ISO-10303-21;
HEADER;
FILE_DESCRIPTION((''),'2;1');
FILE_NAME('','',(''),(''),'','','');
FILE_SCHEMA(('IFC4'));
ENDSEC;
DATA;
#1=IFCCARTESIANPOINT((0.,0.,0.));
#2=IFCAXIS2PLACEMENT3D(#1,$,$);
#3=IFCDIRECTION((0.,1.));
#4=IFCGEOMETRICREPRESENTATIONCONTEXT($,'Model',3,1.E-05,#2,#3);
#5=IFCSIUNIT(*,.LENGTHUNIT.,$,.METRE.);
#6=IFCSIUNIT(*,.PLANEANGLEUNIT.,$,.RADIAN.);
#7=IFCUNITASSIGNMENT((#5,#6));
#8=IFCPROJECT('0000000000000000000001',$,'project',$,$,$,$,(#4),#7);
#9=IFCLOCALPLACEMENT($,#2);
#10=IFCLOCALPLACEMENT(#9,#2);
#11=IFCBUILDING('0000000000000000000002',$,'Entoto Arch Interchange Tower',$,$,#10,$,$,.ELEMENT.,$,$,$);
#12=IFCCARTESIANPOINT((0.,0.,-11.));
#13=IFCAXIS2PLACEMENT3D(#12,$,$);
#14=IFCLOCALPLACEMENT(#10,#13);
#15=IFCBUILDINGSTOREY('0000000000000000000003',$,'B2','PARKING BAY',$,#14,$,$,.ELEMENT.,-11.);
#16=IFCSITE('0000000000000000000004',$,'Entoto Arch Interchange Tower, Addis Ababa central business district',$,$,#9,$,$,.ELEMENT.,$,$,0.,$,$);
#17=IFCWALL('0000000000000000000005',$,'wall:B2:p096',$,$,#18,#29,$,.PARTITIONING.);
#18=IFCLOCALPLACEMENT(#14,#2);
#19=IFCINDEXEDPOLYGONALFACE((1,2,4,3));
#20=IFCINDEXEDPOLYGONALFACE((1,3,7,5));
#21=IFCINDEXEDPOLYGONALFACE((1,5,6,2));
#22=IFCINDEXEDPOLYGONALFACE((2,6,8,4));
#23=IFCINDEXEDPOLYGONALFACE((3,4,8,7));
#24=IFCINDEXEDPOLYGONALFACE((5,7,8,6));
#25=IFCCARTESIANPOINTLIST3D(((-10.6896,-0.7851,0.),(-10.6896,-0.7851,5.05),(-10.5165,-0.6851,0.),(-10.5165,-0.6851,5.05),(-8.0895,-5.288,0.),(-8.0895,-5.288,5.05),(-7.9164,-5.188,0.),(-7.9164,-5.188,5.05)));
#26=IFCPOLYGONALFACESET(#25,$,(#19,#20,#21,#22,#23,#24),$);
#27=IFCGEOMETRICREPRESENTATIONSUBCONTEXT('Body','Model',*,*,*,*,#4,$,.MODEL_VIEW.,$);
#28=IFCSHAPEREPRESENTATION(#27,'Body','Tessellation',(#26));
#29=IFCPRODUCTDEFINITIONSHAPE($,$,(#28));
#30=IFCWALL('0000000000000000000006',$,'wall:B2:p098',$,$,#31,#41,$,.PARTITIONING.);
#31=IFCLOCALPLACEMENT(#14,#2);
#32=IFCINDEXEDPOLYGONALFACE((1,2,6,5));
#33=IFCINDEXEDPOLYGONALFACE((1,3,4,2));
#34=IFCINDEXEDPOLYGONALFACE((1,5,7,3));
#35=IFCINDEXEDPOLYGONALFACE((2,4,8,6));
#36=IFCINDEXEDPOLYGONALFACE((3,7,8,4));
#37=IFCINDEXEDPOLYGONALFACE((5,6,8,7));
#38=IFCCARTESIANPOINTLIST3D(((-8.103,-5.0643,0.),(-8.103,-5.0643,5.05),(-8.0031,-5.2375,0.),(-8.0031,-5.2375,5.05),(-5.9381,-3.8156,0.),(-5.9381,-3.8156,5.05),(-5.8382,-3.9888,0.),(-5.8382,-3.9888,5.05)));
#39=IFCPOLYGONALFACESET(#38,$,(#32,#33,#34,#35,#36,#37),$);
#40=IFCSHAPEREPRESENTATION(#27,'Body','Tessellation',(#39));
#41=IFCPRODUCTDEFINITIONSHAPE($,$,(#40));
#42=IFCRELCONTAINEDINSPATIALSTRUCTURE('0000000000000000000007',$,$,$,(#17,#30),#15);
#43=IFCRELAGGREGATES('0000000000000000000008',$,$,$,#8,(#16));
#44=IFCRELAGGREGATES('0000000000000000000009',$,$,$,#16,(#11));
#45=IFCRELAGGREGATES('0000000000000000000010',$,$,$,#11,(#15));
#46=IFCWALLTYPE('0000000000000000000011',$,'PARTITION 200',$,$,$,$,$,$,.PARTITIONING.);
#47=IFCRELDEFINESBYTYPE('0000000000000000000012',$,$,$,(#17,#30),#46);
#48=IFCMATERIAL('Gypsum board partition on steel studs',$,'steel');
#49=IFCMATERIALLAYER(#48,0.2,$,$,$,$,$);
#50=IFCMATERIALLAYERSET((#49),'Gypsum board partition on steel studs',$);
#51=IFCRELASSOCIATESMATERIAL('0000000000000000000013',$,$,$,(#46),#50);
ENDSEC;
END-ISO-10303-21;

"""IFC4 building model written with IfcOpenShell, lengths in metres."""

from ifc_helpers import new_model, si_unit, direction, frame, frame_2d, origin, place, context, subcontext, project, spatial, rectangle, extrude, material, layer, layer_set, type_object, element, save


model = new_model("IFC4")

# Units and contexts
model_context = context("Model", 3, precision=1e-05, world=origin(), true_north=direction((0.0, 1.0)))
body_context = subcontext(model_context, "Body", "Model", "MODEL_VIEW")
ifc_project = project(units=[si_unit("LENGTHUNIT", "METRE"), si_unit("PLANEANGLEUNIT", "RADIAN")], contexts=[model_context])

# Site, building, storey
site_placement = place(None, origin())
site = spatial("IfcSite", under=ifc_project, at=site_placement, Name="Entoto Arch Interchange Tower, Addis Ababa central business district", CompositionType="ELEMENT", RefElevation=0.0)
building_placement = place(site_placement, origin())
building = spatial("IfcBuilding", under=site, at=building_placement, Name="Entoto Arch Interchange Tower", CompositionType="ELEMENT")
storey_placement = place(building_placement, frame((0.0, 0.0, -11.0)))
storey = spatial("IfcBuildingStorey", under=building, at=storey_placement, Name="B2", Description="PARKING BAY", CompositionType="ELEMENT", Elevation=-11.0)

# Shared definitions
ifc_material_1 = material(Name="Gypsum board partition on steel studs", Category="steel")
ifc_layer_1 = layer(ifc_material_1, 0.2)
ifc_layer_set_1 = layer_set([ifc_layer_1], Name="Gypsum board partition on steel studs")
wall_type_1 = type_object("IfcWallType", Name="PARTITION 200", PredefinedType="PARTITIONING", material=ifc_layer_set_1)

# Walls
wall_1_placement = place(storey_placement, frame((-8.0029, -5.238, 0.0), z_axis=(0.0, 0.0, 1.0), x_axis=(-0.500048, 0.865998, 0.0)))
element("IfcWall", 1, at=wall_1_placement, inside=storey, type_object=wall_type_1, Name="wall:B2:p096", PredefinedType="PARTITIONING", context=body_context, shape_type="SweptSolid", body=[
    extrude(rectangle(XDim=5.1997, YDim=0.2, at=frame_2d((2.5999, 0.0))), origin(), (0.0, 0.0, 1.0), 5.05),
])
wall_2_placement = place(storey_placement, frame((-8.053, -5.1509, 0.0), z_axis=(0.0, 0.0, 1.0), x_axis=(0.866234, 0.499638, 0.0)))
element("IfcWall", 2, at=wall_2_placement, inside=storey, type_object=wall_type_1, Name="wall:B2:p098", PredefinedType="PARTITIONING", context=body_context, shape_type="SweptSolid", body=[
    extrude(rectangle(XDim=2.4993, YDim=0.2, at=frame_2d((1.2495, 0.0))), origin(), (0.0, 0.0, 1.0), 5.05),
])

save(model, "model.ifc")
